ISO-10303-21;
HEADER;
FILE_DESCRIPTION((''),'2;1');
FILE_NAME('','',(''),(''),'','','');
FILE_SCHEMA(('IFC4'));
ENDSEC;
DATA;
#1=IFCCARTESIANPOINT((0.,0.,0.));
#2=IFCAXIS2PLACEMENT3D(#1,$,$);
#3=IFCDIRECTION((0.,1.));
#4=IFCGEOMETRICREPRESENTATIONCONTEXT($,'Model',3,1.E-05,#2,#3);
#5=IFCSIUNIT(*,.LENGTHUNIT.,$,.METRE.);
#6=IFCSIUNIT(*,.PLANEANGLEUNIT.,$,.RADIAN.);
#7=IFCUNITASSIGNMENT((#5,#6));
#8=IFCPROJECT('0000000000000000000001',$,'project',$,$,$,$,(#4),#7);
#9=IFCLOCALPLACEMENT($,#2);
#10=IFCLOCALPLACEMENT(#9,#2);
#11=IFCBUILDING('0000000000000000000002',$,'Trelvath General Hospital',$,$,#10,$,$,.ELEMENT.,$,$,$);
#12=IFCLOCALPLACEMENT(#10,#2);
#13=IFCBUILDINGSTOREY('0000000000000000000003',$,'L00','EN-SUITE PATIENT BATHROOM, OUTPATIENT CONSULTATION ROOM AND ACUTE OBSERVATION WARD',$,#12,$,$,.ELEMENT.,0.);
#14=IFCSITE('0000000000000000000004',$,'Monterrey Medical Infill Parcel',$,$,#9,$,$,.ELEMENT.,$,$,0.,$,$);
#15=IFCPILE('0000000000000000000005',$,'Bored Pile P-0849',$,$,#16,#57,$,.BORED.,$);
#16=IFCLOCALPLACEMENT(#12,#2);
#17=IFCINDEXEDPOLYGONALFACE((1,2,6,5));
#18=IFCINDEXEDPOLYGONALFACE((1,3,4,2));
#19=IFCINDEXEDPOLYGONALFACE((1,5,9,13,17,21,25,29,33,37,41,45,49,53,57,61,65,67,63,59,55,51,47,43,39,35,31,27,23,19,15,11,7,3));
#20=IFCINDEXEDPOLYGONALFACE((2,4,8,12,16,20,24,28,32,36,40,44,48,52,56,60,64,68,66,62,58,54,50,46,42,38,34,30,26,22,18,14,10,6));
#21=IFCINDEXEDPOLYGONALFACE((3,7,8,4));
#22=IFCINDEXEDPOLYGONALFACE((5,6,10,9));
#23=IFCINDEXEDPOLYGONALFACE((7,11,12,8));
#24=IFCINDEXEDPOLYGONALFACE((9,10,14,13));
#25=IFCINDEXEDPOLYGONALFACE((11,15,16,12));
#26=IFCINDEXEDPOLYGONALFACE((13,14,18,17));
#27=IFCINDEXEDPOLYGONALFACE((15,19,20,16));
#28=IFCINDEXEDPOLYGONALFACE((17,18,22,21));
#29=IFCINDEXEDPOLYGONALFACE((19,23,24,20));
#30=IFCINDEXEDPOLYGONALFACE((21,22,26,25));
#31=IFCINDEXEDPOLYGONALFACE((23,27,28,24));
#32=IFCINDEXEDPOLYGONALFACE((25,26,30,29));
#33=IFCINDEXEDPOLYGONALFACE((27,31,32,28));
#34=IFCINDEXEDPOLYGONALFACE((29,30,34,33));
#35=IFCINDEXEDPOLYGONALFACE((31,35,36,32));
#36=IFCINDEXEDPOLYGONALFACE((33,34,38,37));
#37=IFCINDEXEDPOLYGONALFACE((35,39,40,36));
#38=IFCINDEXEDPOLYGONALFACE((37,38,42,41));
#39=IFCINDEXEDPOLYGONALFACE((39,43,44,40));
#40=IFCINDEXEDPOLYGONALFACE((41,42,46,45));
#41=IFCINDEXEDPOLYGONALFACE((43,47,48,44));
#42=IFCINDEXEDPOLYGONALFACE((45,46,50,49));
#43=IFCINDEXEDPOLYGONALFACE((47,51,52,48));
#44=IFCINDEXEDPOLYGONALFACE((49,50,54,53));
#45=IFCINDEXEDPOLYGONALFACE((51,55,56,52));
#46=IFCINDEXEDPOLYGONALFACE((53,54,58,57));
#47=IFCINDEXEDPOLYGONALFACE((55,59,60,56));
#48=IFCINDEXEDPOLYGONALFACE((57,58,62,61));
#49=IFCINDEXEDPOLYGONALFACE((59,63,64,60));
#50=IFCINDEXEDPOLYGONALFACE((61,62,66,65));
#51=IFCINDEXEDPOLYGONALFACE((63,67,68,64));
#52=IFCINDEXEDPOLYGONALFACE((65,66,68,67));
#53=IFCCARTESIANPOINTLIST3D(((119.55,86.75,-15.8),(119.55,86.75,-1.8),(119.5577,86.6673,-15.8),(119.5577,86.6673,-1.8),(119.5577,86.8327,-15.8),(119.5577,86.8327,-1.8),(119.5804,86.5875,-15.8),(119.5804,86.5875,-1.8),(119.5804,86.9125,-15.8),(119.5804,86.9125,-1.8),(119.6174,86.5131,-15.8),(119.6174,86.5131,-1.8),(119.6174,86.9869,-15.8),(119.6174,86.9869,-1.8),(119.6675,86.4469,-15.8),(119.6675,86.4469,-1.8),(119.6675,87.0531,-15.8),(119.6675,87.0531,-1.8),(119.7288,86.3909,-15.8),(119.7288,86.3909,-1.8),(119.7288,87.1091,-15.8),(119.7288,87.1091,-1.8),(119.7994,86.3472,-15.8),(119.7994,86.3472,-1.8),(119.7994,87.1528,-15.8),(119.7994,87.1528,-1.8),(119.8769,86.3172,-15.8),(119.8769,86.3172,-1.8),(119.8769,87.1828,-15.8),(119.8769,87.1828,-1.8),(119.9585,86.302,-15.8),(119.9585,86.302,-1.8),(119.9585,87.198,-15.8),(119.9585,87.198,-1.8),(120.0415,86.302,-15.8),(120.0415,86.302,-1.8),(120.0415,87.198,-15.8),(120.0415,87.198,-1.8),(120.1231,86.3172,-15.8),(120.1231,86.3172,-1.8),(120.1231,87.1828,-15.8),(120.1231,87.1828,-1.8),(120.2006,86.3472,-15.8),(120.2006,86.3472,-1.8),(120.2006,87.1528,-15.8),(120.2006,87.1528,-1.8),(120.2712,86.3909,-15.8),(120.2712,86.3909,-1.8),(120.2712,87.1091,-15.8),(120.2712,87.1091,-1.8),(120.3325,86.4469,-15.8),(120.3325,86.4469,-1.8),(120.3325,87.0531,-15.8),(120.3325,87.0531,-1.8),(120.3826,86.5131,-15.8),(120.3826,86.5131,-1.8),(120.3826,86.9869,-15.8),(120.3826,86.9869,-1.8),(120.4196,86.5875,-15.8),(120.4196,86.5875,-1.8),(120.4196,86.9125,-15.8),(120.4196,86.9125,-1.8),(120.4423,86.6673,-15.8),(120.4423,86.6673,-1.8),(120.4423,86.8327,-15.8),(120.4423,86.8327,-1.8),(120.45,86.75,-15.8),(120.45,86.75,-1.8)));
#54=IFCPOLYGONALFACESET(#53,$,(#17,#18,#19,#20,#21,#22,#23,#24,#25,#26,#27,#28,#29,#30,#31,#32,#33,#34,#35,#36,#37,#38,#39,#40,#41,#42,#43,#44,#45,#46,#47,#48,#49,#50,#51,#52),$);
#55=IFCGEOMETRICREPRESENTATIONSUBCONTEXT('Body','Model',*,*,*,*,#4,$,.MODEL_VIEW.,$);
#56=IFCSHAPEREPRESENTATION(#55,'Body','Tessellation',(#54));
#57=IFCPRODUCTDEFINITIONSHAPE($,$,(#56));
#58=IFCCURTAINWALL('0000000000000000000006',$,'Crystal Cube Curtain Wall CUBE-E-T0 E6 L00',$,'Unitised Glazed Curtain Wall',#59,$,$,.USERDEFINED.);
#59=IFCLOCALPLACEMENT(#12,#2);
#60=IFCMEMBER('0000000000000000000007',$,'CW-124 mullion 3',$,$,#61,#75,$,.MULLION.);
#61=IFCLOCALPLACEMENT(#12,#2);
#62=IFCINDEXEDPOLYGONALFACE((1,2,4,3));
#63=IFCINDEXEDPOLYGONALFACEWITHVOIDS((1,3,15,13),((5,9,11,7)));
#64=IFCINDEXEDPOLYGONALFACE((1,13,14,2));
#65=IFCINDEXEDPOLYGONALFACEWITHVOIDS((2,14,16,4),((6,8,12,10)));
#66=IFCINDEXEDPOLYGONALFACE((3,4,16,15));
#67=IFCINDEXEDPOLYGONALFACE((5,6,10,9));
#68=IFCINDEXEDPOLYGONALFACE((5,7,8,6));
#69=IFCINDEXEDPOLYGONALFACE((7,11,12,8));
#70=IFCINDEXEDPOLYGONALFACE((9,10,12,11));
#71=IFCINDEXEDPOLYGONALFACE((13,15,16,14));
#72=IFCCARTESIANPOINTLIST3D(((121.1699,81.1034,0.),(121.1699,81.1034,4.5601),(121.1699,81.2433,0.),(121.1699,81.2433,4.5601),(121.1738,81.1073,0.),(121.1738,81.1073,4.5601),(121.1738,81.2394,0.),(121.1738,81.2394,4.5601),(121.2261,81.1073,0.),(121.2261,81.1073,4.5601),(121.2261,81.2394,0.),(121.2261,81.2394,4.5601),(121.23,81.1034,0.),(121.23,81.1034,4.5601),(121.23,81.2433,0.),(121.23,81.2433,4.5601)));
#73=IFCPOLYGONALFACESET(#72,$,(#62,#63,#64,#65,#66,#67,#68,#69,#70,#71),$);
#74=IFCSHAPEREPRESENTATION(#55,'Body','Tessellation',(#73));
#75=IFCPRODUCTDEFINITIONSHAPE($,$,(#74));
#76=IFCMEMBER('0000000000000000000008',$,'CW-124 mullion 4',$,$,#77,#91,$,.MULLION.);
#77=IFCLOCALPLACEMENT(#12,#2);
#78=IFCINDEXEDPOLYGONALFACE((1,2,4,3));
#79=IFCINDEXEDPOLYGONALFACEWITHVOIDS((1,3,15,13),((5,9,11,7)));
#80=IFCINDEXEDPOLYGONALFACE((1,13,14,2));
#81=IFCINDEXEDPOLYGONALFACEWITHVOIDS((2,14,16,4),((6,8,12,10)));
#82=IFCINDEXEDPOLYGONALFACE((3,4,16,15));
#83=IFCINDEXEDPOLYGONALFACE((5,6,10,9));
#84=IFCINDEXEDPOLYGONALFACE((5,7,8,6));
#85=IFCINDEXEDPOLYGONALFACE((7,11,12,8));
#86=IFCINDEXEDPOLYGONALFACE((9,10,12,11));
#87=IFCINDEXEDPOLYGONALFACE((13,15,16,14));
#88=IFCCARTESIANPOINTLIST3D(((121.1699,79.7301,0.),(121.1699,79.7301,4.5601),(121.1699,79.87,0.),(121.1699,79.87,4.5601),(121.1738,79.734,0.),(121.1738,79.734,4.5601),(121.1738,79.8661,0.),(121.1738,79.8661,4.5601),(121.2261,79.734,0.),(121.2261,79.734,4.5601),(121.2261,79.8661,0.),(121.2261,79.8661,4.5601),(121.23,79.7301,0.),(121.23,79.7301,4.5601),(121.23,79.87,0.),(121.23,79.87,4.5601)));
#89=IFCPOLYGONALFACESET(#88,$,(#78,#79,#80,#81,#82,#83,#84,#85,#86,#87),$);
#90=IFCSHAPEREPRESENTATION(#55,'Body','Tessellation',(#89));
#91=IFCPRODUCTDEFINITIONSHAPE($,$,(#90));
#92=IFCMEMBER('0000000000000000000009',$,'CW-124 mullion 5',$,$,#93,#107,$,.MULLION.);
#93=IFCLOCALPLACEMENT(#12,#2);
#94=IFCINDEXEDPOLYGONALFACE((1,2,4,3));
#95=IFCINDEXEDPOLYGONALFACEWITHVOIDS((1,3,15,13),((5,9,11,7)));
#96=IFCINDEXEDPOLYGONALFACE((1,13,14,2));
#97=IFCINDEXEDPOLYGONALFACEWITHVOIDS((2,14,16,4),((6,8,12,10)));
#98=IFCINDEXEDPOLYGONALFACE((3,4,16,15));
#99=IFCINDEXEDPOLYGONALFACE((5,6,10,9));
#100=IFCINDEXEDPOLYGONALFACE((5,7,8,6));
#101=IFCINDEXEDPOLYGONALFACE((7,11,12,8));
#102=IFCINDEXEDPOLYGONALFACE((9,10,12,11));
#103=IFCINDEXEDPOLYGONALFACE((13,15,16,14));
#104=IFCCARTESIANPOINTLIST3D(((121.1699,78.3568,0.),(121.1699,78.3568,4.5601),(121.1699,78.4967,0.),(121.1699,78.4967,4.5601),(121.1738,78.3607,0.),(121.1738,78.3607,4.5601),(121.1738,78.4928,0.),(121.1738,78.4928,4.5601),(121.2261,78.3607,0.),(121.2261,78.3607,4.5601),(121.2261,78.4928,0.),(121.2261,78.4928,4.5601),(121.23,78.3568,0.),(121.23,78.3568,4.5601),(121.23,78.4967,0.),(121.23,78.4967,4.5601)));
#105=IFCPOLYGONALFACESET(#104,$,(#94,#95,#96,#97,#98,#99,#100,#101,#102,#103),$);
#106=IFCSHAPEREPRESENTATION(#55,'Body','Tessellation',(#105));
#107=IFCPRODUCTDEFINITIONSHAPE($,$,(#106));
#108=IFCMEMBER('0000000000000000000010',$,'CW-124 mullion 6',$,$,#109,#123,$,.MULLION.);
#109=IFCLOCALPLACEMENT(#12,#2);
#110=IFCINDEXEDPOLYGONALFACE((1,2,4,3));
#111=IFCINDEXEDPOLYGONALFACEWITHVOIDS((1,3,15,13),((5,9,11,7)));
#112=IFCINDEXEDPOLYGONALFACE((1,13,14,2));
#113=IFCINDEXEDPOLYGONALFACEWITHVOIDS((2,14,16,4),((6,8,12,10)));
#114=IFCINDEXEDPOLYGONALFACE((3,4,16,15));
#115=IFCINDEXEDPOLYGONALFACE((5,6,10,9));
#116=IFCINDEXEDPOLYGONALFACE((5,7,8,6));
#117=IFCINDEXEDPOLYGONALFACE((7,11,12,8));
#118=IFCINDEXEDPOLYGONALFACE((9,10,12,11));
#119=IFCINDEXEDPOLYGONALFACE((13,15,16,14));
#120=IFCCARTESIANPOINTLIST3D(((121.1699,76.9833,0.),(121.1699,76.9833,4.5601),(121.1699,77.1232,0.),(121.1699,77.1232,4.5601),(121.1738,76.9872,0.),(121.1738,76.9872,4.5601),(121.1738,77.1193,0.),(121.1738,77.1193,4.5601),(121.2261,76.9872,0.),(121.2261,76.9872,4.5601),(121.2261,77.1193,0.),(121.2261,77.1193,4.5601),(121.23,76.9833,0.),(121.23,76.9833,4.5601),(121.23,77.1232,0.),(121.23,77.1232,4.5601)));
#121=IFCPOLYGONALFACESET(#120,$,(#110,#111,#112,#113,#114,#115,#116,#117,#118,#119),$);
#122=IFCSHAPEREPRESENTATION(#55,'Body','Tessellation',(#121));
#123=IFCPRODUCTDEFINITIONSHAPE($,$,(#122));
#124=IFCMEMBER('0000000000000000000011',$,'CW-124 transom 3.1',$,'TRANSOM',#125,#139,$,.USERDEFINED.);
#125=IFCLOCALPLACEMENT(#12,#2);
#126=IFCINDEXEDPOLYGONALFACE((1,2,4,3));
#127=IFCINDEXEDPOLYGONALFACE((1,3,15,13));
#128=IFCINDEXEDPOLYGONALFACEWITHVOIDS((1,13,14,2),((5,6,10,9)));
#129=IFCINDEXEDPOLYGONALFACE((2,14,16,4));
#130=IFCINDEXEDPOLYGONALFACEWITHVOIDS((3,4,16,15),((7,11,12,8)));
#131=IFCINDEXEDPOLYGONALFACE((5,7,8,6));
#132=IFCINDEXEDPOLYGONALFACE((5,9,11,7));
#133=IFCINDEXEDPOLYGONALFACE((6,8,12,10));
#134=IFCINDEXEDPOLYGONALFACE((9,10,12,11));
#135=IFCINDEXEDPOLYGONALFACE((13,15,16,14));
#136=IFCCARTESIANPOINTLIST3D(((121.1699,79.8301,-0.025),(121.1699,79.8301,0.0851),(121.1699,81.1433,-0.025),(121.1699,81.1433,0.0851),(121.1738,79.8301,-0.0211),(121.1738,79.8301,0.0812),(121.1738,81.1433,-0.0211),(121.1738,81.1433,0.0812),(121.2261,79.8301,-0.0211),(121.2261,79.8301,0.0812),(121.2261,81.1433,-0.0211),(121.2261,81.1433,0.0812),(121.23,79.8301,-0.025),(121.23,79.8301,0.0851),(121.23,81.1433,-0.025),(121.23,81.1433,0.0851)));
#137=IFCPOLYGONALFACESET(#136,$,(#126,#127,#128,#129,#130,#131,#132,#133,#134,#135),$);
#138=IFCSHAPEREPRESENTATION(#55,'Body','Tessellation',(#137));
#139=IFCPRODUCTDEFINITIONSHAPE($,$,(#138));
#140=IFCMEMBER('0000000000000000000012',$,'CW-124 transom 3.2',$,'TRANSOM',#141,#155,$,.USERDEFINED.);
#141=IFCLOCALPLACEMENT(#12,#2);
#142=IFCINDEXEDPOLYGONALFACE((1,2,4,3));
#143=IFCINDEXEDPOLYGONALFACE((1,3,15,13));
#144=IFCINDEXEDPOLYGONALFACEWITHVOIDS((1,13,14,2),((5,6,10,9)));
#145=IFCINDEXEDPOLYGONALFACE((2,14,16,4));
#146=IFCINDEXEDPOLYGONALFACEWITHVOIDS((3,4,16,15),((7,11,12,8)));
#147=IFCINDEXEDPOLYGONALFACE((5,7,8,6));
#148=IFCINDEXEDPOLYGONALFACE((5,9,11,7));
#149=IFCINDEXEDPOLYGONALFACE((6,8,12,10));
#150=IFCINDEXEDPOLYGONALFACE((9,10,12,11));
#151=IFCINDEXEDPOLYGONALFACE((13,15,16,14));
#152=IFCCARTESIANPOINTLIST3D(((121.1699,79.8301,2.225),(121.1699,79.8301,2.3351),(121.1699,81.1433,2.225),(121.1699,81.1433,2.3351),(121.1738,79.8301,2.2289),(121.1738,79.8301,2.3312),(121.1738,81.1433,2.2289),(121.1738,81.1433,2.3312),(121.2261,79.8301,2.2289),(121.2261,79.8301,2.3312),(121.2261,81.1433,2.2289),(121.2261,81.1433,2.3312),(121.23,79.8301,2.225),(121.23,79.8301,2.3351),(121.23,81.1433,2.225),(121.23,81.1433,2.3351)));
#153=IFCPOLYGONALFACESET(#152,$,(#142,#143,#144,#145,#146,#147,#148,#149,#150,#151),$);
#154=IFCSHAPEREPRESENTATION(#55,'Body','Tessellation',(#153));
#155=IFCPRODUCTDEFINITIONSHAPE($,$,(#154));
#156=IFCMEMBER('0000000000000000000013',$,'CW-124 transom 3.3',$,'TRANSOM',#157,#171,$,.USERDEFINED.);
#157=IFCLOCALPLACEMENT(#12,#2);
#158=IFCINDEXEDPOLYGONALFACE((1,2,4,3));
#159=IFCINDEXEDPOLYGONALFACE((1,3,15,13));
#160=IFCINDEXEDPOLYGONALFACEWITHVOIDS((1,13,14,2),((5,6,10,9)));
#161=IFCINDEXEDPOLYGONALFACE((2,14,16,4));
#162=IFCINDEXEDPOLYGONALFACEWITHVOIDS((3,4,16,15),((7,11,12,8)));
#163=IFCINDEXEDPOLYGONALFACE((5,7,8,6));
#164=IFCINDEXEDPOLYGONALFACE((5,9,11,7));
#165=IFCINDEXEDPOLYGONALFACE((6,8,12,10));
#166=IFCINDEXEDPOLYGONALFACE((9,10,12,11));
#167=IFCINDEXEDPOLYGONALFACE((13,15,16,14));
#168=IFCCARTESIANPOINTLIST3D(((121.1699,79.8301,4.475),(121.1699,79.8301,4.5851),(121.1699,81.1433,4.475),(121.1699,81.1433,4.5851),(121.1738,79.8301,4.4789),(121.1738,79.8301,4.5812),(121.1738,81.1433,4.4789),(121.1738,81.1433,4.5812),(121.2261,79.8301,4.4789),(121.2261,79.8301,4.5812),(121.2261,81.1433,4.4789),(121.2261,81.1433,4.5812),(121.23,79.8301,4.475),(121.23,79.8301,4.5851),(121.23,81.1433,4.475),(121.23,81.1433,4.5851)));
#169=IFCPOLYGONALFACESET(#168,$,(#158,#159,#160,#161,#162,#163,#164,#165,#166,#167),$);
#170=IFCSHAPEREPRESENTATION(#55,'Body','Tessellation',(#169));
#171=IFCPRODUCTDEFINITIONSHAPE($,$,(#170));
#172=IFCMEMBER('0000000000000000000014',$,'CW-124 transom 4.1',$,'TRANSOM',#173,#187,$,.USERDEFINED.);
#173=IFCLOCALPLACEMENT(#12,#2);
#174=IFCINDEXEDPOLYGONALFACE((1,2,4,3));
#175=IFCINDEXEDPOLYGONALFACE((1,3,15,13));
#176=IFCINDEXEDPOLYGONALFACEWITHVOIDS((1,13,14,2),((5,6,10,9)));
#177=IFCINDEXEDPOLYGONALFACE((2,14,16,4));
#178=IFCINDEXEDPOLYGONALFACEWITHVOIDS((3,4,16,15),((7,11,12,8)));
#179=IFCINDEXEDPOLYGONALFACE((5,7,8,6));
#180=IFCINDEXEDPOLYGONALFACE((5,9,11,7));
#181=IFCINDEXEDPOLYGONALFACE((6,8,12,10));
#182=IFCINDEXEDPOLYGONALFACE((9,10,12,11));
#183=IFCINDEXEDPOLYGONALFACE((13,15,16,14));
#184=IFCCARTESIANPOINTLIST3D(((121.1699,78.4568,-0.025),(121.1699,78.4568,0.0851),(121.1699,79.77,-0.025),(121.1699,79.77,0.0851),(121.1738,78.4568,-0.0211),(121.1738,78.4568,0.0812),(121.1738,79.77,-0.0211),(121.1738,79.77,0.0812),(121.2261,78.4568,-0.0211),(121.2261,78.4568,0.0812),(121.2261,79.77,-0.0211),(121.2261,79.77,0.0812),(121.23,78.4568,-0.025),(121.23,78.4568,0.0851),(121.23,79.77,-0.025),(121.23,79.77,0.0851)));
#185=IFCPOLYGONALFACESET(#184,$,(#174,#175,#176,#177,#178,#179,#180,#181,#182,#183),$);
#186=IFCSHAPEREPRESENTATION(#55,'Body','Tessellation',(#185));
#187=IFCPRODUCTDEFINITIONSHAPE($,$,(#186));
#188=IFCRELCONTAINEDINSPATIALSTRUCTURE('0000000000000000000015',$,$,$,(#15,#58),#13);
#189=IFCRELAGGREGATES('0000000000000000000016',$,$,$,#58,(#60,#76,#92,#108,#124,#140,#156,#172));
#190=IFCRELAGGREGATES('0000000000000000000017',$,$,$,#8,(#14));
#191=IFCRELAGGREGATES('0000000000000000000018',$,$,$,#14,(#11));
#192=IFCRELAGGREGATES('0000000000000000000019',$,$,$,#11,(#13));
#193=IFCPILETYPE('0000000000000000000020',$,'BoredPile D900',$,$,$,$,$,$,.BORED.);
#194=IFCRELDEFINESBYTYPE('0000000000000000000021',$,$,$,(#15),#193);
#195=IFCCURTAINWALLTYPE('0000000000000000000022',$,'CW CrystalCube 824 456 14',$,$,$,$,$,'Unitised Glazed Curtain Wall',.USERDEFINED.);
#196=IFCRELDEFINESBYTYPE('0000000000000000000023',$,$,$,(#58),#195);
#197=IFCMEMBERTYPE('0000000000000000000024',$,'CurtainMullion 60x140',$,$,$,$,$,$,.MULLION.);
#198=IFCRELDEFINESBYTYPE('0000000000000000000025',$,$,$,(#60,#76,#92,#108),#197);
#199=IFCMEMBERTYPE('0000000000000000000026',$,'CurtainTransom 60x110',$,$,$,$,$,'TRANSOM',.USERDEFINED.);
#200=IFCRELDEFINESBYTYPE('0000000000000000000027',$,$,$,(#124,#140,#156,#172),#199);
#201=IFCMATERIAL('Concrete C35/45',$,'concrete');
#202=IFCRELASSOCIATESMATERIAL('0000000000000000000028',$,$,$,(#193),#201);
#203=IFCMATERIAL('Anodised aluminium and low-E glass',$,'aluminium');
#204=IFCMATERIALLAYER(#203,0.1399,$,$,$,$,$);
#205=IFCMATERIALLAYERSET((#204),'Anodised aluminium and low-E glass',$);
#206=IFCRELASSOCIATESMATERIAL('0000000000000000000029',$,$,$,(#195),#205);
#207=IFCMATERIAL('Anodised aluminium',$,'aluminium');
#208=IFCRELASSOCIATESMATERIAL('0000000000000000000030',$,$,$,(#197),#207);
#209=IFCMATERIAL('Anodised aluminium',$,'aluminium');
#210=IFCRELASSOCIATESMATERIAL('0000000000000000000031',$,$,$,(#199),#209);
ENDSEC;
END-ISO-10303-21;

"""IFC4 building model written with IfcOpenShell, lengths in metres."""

from ifc_helpers import new_model, si_unit, direction, frame, origin, origin_2d, place, context, subcontext, project, spatial, hollow_rectangle, circle, extrude, material, layer, layer_set, material_profile, profile_set, type_object, element, aggregate, save


model = new_model("IFC4")

# Units and contexts
model_context = context("Model", 3, precision=1e-05, world=origin(), true_north=direction((0.0, 1.0)))
body_context = subcontext(model_context, "Body", "Model", "MODEL_VIEW")
ifc_project = project(units=[si_unit("LENGTHUNIT", "METRE"), si_unit("PLANEANGLEUNIT", "RADIAN")], contexts=[model_context])

# Site, building, storey
site_placement = place(None, origin())
site = spatial("IfcSite", under=ifc_project, at=site_placement, Name="Monterrey Medical Infill Parcel", CompositionType="ELEMENT", RefElevation=0.0)
building_placement = place(site_placement, origin())
building = spatial("IfcBuilding", under=site, at=building_placement, Name="Trelvath General Hospital", CompositionType="ELEMENT")
storey_placement = place(building_placement, origin())
storey = spatial("IfcBuildingStorey", under=building, at=storey_placement, Name="L00", Description="EN-SUITE PATIENT BATHROOM, OUTPATIENT CONSULTATION ROOM AND ACUTE OBSERVATION WARD", CompositionType="ELEMENT", Elevation=0.0)

# Pile
ifc_material_1 = material(Name="Concrete C35/45", Category="concrete")
ifc_material_profile_1 = material_profile(ifc_material_1, circle(Radius=0.45, at=origin_2d()), Name="PILE900")
ifc_profile_set_1 = profile_set([ifc_material_profile_1], Name="Concrete C35/45")
pile_type = type_object("IfcPileType", Name="BoredPile D900", PredefinedType="BORED", material=ifc_profile_set_1)
pile_placement = place(storey_placement, frame((120.0, 86.75, -1.8), z_axis=(0.0, 0.0, -1.0), x_axis=(1.0, 0.0, 0.0)))
element("IfcPile", 1, at=pile_placement, inside=storey, type_object=pile_type, Name="Bored Pile P-0849", PredefinedType="BORED", context=body_context, shape_type="SweptSolid", body=[
    extrude(circle(Radius=0.45, at=origin_2d()), origin(), (0.0, 0.0, 1.0), 14.0),
])

# Curtain wall, members
ifc_material_2 = material(Name="Anodised aluminium and low-E glass", Category="aluminium")
ifc_layer_1 = layer(ifc_material_2, 0.1399)
ifc_layer_set_1 = layer_set([ifc_layer_1], Name="Anodised aluminium and low-E glass")
curtain_wall_type = type_object("IfcCurtainWallType", Name="CW CrystalCube 824 456 14", ElementType="Unitised Glazed Curtain Wall", PredefinedType="USERDEFINED", material=ifc_layer_set_1)
curtain_wall_placement = place(storey_placement, origin())
curtain_wall = element("IfcCurtainWall", 2, at=curtain_wall_placement, inside=storey, type_object=curtain_wall_type, Name="Crystal Cube Curtain Wall CUBE-E-T0 E6 L00", ObjectType="Unitised Glazed Curtain Wall", PredefinedType="USERDEFINED")
ifc_material_3 = material(Name="Anodised aluminium", Category="aluminium")
ifc_material_profile_2 = material_profile(ifc_material_3, hollow_rectangle(XDim=0.0601, YDim=0.1399, WallThickness=0.0039, at=origin_2d()), Name="RHS60x140x4")
ifc_profile_set_2 = profile_set([ifc_material_profile_2], Name="Anodised aluminium")
member_type_1 = type_object("IfcMemberType", Name="CurtainMullion 60x140", PredefinedType="MULLION", material=ifc_profile_set_2)
member_1_placement = place(storey_placement, frame((121.2, 81.1733, 0.0), z_axis=(0.0, 0.0, 1.0), x_axis=(1.0, 0.0, 0.0)))
member_1 = element("IfcMember", 3, at=member_1_placement, type_object=member_type_1, Name="CW-124 mullion 3", PredefinedType="MULLION", context=body_context, shape_type="SweptSolid", body=[
    extrude(hollow_rectangle(XDim=0.0601, YDim=0.1399, WallThickness=0.0039, at=origin_2d()), origin(), (0.0, 0.0, 1.0), 4.5601),
])
member_2_placement = place(storey_placement, frame((121.2, 79.8, 0.0), z_axis=(0.0, 0.0, 1.0), x_axis=(1.0, 0.0, 0.0)))
member_2 = element("IfcMember", 4, at=member_2_placement, type_object=member_type_1, Name="CW-124 mullion 4", PredefinedType="MULLION", context=body_context, shape_type="SweptSolid", body=[
    extrude(hollow_rectangle(XDim=0.0601, YDim=0.1399, WallThickness=0.0039, at=origin_2d()), origin(), (0.0, 0.0, 1.0), 4.5601),
])
member_3_placement = place(storey_placement, frame((121.2, 78.4268, 0.0), z_axis=(0.0, 0.0, 1.0), x_axis=(1.0, 0.0, 0.0)))
member_3 = element("IfcMember", 5, at=member_3_placement, type_object=member_type_1, Name="CW-124 mullion 5", PredefinedType="MULLION", context=body_context, shape_type="SweptSolid", body=[
    extrude(hollow_rectangle(XDim=0.0601, YDim=0.1399, WallThickness=0.0039, at=origin_2d()), origin(), (0.0, 0.0, 1.0), 4.5601),
])
member_4_placement = place(storey_placement, frame((121.2, 77.0532, 0.0), z_axis=(0.0, 0.0, 1.0), x_axis=(1.0, 0.0, 0.0)))
member_4 = element("IfcMember", 6, at=member_4_placement, type_object=member_type_1, Name="CW-124 mullion 6", PredefinedType="MULLION", context=body_context, shape_type="SweptSolid", body=[
    extrude(hollow_rectangle(XDim=0.0601, YDim=0.1399, WallThickness=0.0039, at=origin_2d()), origin(), (0.0, 0.0, 1.0), 4.5601),
])
ifc_material_4 = material(Name="Anodised aluminium", Category="aluminium")
ifc_material_profile_3 = material_profile(ifc_material_4, hollow_rectangle(XDim=0.0601, YDim=0.1101, WallThickness=0.0039, at=origin_2d()), Name="RHS60x110x4")
ifc_profile_set_3 = profile_set([ifc_material_profile_3], Name="Anodised aluminium")
member_type_2 = type_object("IfcMemberType", Name="CurtainTransom 60x110", ElementType="TRANSOM", PredefinedType="USERDEFINED", material=ifc_profile_set_3)
member_5_placement = place(storey_placement, frame((121.2, 81.1433, 0.03), z_axis=(0.0, -1.0, 0.0), x_axis=(1.0, 0.0, 0.0)))
member_5 = element("IfcMember", 7, at=member_5_placement, type_object=member_type_2, Name="CW-124 transom 3.1", ObjectType="TRANSOM", PredefinedType="USERDEFINED", context=body_context, shape_type="SweptSolid", body=[
    extrude(hollow_rectangle(XDim=0.0601, YDim=0.1101, WallThickness=0.0039, at=origin_2d()), origin(), (0.0, 0.0, 1.0), 1.3132),
])
member_6_placement = place(storey_placement, frame((121.2, 81.1433, 2.28), z_axis=(0.0, -1.0, 0.0), x_axis=(1.0, 0.0, 0.0)))
member_6 = element("IfcMember", 8, at=member_6_placement, type_object=member_type_2, Name="CW-124 transom 3.2", ObjectType="TRANSOM", PredefinedType="USERDEFINED", context=body_context, shape_type="SweptSolid", body=[
    extrude(hollow_rectangle(XDim=0.0601, YDim=0.1101, WallThickness=0.0039, at=origin_2d()), origin(), (0.0, 0.0, 1.0), 1.3132),
])
member_7_placement = place(storey_placement, frame((121.2, 81.1433, 4.53), z_axis=(0.0, -1.0, 0.0), x_axis=(1.0, 0.0, 0.0)))
member_7 = element("IfcMember", 9, at=member_7_placement, type_object=member_type_2, Name="CW-124 transom 3.3", ObjectType="TRANSOM", PredefinedType="USERDEFINED", context=body_context, shape_type="SweptSolid", body=[
    extrude(hollow_rectangle(XDim=0.0601, YDim=0.1101, WallThickness=0.0039, at=origin_2d()), origin(), (0.0, 0.0, 1.0), 1.3132),
])
member_8_placement = place(storey_placement, frame((121.2, 79.77, 0.03), z_axis=(0.0, -1.0, 0.0), x_axis=(1.0, 0.0, 0.0)))
member_8 = element("IfcMember", 10, at=member_8_placement, type_object=member_type_2, Name="CW-124 transom 4.1", ObjectType="TRANSOM", PredefinedType="USERDEFINED", context=body_context, shape_type="SweptSolid", body=[
    extrude(hollow_rectangle(XDim=0.0601, YDim=0.1101, WallThickness=0.0039, at=origin_2d()), origin(), (0.0, 0.0, 1.0), 1.3132),
])
aggregate(curtain_wall, [member_1, member_2, member_3, member_4, member_5, member_6, member_7, member_8])

save(model, "model.ifc")
